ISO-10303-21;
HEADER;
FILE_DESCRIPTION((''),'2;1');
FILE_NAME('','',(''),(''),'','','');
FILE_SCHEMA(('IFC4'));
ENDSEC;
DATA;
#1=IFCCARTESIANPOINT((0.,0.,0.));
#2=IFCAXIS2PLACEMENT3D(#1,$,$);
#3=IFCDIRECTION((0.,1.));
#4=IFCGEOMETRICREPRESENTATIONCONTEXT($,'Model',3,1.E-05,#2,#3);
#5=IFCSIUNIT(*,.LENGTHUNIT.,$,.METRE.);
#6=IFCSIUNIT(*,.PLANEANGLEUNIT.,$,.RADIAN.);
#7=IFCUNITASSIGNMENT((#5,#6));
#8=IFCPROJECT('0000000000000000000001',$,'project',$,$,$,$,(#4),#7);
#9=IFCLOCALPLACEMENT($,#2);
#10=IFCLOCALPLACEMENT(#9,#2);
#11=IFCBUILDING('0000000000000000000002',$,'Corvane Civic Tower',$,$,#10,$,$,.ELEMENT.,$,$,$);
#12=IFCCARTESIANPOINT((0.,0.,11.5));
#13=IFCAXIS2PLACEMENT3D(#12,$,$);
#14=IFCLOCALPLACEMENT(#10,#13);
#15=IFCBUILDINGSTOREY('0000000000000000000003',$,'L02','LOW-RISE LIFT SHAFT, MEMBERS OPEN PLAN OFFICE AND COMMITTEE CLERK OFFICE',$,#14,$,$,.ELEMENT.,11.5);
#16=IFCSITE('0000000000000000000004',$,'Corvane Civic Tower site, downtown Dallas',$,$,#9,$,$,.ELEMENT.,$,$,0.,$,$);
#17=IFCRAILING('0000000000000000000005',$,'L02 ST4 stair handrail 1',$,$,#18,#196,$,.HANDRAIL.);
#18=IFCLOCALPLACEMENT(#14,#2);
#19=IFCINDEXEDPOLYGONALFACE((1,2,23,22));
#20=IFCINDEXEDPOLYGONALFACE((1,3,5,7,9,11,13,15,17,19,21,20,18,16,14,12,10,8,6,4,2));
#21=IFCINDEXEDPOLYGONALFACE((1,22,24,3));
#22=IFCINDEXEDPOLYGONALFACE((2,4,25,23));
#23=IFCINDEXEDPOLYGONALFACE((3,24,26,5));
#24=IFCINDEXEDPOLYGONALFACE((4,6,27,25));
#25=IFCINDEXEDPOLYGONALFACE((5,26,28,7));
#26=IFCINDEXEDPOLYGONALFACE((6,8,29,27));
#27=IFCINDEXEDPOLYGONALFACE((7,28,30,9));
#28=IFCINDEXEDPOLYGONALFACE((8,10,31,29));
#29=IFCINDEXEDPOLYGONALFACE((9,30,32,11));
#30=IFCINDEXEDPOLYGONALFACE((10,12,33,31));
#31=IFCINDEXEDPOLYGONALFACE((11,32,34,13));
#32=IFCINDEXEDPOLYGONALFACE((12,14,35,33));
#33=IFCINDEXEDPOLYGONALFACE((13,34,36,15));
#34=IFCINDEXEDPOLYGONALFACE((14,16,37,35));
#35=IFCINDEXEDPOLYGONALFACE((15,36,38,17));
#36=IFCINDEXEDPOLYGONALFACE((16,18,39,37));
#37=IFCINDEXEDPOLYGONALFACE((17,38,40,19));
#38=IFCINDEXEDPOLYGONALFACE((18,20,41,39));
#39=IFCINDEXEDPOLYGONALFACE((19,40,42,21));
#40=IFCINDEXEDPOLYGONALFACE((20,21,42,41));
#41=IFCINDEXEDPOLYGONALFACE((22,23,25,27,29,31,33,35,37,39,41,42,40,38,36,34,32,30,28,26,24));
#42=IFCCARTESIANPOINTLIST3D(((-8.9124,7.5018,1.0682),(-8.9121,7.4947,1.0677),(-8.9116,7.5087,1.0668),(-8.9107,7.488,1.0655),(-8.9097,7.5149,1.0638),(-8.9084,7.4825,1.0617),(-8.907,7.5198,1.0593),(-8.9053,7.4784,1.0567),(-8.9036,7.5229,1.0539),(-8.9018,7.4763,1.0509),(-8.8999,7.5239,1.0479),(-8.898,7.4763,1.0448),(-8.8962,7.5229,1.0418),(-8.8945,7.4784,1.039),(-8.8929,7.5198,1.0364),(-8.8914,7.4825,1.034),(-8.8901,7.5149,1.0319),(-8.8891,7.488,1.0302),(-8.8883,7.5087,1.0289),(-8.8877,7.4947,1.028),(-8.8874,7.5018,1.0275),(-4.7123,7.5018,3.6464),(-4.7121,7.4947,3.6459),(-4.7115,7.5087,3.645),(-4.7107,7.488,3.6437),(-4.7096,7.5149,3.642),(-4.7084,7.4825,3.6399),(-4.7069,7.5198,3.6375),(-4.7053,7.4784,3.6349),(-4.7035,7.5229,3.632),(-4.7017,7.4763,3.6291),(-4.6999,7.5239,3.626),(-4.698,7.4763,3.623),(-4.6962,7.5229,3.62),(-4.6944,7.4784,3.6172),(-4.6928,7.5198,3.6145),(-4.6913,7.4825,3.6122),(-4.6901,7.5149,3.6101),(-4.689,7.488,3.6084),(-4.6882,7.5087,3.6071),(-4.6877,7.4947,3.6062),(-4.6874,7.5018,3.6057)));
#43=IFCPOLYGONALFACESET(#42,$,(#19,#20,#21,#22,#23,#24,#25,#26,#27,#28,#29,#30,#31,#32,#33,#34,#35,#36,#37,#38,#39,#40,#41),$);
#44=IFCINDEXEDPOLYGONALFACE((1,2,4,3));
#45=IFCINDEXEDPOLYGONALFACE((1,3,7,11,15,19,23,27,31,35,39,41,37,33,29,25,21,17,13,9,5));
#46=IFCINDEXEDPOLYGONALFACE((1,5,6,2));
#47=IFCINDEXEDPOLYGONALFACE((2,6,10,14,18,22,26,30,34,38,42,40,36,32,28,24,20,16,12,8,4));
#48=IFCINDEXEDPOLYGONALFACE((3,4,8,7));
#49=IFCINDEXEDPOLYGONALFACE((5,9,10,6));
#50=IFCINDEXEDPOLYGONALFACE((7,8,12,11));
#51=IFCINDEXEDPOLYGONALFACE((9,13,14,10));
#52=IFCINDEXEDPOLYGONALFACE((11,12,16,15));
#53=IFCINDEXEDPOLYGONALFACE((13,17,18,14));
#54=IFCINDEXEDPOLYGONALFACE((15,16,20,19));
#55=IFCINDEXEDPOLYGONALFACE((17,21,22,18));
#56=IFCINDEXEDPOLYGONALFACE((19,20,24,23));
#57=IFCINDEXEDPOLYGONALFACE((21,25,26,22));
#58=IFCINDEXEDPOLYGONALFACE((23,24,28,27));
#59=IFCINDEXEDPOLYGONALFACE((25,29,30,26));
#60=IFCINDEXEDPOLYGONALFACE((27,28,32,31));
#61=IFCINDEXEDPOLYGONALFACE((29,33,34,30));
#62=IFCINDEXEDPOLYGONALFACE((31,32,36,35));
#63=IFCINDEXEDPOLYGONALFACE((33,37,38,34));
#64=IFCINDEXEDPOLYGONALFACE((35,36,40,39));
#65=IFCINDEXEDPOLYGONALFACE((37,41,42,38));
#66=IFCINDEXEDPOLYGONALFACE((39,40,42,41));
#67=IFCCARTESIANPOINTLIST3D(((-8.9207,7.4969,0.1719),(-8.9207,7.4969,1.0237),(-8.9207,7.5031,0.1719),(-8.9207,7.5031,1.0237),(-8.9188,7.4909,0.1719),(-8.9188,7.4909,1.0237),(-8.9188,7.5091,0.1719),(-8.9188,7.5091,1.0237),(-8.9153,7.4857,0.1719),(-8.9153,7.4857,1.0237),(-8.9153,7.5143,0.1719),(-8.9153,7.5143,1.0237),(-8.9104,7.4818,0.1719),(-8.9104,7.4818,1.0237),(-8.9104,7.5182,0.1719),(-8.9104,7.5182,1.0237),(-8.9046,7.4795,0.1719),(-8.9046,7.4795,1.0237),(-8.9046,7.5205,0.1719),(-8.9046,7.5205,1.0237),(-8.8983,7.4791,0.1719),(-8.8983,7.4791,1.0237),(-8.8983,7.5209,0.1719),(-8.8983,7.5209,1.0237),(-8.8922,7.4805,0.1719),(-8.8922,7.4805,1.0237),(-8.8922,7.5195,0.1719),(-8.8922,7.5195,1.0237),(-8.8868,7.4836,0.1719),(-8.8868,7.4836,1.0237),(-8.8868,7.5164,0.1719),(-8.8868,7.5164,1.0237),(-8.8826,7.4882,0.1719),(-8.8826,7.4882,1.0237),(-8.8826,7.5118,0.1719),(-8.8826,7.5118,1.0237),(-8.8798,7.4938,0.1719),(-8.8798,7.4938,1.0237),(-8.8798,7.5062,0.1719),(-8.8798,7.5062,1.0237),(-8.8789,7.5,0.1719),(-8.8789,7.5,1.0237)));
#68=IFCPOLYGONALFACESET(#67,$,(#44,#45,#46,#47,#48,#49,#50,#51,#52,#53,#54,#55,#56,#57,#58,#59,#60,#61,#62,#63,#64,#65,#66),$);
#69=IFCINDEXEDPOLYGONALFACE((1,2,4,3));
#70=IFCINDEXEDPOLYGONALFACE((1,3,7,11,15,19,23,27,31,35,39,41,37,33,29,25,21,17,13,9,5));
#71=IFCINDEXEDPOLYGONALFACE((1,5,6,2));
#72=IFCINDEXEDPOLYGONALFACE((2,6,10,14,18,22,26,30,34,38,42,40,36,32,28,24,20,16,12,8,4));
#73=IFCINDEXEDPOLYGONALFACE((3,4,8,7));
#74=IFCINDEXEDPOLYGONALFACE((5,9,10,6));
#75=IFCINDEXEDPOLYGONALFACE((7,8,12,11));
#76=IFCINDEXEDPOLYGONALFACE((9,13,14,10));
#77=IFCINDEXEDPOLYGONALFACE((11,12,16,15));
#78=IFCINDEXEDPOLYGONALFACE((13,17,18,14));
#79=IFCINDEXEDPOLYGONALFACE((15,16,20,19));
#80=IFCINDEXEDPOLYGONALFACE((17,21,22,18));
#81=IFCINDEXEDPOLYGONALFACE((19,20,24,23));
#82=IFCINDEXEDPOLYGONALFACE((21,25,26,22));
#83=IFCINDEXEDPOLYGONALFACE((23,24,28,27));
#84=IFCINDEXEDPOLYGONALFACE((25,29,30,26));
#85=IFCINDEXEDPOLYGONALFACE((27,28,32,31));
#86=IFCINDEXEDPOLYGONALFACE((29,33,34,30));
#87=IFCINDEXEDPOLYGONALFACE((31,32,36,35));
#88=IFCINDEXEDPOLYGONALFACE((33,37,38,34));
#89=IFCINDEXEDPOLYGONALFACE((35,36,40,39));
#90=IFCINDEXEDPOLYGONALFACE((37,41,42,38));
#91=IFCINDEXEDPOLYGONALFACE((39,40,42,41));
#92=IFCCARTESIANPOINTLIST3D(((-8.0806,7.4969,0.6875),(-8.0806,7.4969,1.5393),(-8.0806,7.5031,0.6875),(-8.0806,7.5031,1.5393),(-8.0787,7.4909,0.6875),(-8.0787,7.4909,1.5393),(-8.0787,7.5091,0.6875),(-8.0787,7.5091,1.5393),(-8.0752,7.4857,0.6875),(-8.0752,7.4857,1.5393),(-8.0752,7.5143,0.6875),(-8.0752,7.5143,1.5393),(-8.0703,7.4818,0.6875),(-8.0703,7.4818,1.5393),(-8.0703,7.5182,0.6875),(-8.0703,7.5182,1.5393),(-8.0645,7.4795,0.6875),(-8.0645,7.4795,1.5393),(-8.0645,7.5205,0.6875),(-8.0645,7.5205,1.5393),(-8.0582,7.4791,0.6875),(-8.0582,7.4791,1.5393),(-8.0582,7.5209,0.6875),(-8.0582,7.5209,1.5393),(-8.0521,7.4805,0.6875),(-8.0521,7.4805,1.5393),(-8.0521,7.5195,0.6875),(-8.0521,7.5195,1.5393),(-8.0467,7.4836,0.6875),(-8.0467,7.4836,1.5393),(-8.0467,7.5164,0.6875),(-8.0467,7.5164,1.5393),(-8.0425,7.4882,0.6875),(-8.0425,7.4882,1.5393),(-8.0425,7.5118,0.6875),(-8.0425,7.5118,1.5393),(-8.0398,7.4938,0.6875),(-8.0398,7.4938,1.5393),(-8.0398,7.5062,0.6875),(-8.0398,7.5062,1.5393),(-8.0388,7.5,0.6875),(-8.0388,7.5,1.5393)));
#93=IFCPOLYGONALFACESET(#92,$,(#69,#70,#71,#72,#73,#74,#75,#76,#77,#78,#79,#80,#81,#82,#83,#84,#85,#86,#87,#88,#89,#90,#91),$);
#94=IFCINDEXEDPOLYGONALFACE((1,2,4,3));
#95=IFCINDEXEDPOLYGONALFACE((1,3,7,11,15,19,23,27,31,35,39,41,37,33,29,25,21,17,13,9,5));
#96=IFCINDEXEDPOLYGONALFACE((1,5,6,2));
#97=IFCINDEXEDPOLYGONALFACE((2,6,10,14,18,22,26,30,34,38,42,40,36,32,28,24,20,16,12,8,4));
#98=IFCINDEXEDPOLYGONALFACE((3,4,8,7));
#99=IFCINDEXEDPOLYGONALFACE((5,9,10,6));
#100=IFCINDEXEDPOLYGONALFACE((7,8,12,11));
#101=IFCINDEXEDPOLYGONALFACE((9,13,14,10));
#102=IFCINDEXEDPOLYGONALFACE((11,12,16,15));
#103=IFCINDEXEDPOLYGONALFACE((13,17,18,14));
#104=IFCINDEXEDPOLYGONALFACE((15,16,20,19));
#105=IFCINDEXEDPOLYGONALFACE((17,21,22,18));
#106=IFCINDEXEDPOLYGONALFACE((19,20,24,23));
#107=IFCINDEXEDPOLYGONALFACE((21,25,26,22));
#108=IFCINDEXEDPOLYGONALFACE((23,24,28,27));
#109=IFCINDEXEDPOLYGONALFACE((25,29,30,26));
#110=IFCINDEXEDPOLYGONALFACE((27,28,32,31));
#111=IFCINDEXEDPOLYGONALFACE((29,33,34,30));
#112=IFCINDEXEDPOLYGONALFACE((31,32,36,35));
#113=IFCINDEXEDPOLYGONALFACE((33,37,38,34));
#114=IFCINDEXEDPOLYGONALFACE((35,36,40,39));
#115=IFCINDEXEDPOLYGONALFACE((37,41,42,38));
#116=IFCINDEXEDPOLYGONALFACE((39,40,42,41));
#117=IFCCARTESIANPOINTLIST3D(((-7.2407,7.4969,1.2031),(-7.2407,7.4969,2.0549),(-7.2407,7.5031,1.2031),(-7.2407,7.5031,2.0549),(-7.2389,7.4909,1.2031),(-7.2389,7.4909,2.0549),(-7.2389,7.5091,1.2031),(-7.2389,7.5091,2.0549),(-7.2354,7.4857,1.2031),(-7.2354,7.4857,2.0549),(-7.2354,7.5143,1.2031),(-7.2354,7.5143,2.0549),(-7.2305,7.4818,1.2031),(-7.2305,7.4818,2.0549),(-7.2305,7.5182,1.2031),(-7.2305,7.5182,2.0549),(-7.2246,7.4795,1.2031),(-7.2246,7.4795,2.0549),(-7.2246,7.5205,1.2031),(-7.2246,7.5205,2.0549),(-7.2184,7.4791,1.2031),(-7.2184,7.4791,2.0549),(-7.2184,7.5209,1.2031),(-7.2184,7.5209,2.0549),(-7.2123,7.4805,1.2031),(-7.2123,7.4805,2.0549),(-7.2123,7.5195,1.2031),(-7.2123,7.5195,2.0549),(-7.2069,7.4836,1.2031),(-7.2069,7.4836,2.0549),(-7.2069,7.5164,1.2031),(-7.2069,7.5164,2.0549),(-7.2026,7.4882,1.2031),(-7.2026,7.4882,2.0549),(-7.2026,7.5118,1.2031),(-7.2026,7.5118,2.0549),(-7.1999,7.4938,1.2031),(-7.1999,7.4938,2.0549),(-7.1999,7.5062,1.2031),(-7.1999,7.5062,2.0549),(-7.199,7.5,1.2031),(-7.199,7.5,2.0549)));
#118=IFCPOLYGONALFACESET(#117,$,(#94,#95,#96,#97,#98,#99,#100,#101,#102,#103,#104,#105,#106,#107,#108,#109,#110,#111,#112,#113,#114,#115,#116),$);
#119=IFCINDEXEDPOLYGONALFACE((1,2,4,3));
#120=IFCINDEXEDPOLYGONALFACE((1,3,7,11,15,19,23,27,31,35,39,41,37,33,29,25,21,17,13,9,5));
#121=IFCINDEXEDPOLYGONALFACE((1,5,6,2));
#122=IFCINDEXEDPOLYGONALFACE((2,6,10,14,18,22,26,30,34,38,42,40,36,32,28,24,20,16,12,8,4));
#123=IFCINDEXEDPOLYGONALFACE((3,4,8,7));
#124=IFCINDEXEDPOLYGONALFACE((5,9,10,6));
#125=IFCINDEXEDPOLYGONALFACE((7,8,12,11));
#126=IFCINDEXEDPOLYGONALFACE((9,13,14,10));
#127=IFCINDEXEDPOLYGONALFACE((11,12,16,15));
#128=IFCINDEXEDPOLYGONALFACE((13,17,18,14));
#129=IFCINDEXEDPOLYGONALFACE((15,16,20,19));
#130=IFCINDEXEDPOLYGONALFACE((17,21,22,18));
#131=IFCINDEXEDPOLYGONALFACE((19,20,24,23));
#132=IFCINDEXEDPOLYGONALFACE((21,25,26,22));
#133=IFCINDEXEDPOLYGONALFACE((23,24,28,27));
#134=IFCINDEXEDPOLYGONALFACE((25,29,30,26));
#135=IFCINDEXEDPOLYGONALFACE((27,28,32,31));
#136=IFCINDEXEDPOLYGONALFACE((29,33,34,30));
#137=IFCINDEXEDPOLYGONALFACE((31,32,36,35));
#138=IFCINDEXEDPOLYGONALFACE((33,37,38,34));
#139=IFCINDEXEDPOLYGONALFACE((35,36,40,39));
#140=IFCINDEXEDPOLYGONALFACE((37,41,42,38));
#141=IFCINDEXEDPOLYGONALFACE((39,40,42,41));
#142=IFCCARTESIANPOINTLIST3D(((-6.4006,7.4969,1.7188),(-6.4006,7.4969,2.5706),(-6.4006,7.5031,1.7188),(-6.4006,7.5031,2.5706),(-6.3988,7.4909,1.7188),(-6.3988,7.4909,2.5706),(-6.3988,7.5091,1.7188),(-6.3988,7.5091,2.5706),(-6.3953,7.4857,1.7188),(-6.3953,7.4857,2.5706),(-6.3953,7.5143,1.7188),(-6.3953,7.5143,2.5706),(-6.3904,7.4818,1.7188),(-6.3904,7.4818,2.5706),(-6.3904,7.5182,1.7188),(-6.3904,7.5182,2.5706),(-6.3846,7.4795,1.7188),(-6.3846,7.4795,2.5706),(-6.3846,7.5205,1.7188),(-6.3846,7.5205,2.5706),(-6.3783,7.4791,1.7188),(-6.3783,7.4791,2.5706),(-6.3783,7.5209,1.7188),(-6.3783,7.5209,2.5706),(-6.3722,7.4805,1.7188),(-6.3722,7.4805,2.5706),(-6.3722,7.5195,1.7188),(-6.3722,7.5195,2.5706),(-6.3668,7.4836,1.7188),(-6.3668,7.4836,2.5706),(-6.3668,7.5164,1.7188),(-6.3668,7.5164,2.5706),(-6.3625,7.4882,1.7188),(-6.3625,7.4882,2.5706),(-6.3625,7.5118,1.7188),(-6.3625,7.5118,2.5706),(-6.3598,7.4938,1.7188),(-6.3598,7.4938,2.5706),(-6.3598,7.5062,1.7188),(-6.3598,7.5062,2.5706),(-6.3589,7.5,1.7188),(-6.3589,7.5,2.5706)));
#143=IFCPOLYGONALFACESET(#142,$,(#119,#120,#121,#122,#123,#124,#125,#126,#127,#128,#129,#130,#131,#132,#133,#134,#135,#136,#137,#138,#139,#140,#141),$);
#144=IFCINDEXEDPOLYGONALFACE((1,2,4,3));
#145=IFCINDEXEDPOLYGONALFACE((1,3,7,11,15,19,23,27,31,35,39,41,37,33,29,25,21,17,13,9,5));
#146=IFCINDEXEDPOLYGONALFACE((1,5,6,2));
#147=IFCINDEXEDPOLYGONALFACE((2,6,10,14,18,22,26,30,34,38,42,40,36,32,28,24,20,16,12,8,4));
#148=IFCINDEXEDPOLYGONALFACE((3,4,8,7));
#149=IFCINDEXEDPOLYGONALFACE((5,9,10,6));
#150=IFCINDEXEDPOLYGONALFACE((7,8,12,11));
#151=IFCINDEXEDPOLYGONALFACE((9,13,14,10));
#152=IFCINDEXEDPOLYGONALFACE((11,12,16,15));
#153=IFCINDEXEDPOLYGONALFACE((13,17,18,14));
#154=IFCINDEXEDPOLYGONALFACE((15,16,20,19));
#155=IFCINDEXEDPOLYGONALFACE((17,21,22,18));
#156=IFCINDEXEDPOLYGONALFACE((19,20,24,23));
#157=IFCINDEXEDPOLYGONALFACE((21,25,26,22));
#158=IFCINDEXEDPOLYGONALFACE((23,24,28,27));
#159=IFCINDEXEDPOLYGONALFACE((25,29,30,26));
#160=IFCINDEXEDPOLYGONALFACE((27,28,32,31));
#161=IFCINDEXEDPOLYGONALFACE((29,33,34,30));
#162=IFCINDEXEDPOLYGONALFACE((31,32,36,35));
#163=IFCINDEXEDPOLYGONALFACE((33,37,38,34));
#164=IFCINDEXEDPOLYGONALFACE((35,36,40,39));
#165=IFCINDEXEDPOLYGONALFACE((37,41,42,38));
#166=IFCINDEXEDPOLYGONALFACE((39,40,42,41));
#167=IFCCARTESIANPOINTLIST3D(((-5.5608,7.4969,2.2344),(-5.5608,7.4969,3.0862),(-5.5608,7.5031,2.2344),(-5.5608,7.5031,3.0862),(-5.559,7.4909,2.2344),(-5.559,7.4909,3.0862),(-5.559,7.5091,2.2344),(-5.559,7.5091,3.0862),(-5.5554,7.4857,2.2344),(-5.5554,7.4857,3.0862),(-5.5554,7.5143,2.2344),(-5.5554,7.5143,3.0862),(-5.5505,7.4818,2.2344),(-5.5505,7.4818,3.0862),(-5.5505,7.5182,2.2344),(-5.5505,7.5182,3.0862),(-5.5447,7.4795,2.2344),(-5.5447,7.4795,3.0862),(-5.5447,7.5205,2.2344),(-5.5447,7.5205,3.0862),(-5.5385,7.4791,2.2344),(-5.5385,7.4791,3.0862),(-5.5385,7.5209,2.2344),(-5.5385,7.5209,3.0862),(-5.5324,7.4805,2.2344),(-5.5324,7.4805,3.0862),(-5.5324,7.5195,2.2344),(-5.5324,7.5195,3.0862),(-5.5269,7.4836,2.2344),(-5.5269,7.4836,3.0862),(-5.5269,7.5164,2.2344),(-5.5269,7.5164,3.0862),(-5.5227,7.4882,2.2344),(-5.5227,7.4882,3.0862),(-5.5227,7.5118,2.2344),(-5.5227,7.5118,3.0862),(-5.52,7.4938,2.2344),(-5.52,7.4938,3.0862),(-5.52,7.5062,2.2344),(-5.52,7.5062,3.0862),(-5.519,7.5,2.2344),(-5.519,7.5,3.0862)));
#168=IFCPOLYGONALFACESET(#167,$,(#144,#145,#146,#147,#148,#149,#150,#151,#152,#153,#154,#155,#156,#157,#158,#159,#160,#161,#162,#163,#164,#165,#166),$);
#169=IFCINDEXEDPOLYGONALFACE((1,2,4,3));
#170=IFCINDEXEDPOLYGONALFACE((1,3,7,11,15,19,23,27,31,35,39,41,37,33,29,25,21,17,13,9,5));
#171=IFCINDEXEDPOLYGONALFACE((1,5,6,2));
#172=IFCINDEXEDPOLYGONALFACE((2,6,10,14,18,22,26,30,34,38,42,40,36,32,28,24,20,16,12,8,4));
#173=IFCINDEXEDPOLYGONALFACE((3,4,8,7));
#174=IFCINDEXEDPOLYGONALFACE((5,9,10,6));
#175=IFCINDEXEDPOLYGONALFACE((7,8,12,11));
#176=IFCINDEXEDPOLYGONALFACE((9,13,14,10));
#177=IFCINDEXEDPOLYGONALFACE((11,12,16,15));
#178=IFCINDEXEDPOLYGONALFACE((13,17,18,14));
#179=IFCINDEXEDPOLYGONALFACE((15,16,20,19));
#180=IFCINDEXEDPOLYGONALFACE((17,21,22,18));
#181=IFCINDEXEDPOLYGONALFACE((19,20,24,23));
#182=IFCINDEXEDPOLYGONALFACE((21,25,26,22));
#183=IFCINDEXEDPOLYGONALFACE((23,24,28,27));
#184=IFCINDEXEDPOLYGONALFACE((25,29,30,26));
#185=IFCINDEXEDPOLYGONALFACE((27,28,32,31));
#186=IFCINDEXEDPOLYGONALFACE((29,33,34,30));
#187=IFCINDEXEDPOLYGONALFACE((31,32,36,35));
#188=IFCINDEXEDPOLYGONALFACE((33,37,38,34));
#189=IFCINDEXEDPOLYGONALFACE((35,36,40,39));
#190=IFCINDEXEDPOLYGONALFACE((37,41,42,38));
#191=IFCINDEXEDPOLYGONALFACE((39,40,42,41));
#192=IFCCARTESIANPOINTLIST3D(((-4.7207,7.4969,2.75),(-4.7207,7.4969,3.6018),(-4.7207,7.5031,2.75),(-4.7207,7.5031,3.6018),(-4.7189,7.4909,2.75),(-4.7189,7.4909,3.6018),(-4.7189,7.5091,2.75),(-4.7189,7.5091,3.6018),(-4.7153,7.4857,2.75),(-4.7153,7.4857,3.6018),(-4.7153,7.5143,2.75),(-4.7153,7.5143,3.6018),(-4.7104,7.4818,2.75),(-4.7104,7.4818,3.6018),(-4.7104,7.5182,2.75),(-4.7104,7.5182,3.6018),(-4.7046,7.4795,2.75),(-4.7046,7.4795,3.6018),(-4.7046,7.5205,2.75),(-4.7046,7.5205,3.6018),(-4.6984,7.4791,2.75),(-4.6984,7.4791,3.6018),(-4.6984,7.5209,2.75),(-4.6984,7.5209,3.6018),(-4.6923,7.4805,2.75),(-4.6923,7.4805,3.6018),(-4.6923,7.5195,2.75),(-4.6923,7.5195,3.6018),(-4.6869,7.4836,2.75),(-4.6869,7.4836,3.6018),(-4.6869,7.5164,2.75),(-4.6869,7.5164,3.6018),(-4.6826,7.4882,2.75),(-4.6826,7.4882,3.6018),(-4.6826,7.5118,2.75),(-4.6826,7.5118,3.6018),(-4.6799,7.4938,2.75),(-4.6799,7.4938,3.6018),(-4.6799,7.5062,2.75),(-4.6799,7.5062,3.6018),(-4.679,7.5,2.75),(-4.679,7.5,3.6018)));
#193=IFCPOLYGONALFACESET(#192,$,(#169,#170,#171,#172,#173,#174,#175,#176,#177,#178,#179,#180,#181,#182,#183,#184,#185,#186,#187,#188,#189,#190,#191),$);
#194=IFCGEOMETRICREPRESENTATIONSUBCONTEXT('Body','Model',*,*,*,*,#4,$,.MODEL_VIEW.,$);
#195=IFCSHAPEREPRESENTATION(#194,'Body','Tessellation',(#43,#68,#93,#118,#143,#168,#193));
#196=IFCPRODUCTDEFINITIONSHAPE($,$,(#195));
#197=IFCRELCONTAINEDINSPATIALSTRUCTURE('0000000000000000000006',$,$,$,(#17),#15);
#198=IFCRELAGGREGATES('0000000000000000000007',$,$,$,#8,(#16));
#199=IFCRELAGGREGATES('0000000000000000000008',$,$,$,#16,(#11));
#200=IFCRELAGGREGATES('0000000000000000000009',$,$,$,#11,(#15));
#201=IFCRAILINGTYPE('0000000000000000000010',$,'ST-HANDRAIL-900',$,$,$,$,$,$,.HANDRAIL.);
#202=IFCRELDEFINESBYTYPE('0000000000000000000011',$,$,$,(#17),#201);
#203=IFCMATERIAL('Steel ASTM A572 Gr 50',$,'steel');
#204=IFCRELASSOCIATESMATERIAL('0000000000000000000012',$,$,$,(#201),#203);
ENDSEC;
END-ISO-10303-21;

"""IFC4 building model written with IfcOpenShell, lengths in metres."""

from ifc_helpers import new_model, si_unit, direction, frame, origin, origin_2d, place, context, subcontext, project, spatial, circle, extrude, material, type_object, element, save


model = new_model("IFC4")

# Units and contexts
model_context = context("Model", 3, precision=1e-05, world=origin(), true_north=direction((0.0, 1.0)))
body_context = subcontext(model_context, "Body", "Model", "MODEL_VIEW")
ifc_project = project(units=[si_unit("LENGTHUNIT", "METRE"), si_unit("PLANEANGLEUNIT", "RADIAN")], contexts=[model_context])

# Site, building, storey
site_placement = place(None, origin())
site = spatial("IfcSite", under=ifc_project, at=site_placement, Name="Corvane Civic Tower site, downtown Dallas", CompositionType="ELEMENT", RefElevation=0.0)
building_placement = place(site_placement, origin())
building = spatial("IfcBuilding", under=site, at=building_placement, Name="Corvane Civic Tower", CompositionType="ELEMENT")
storey_placement = place(building_placement, frame((0.0, 0.0, 11.5)))
storey = spatial("IfcBuildingStorey", under=building, at=storey_placement, Name="L02", Description="LOW-RISE LIFT SHAFT, MEMBERS OPEN PLAN OFFICE AND COMMITTEE CLERK OFFICE", CompositionType="ELEMENT", Elevation=11.5)

# Railing
ifc_material_1 = material(Name="Steel ASTM A572 Gr 50", Category="steel")
railing_type_1 = type_object("IfcRailingType", Name="ST-HANDRAIL-900", PredefinedType="HANDRAIL", material=ifc_material_1)
railing_1_placement = place(storey_placement, frame((-8.8999, 7.5, 0.1719)))
element("IfcRailing", 1, at=railing_1_placement, inside=storey, type_object=railing_type_1, Name="L02 ST4 stair handrail 1", PredefinedType="HANDRAIL", context=body_context, shape_type="SweptSolid", body=[
    extrude(circle(Radius=0.0239, at=origin_2d()), frame((0.0, 0.0, 0.876), z_axis=(0.852243, 0.0, 0.523146), x_axis=(0.0, 1.0, 0.0)), (0.0, 0.0, 1.0), 4.9282),
    extrude(circle(Radius=0.021, at=origin_2d()), origin(), (0.0, 0.0, 1.0), 0.8518),
    extrude(circle(Radius=0.021, at=origin_2d()), frame((0.8401, 0.0, 0.5156)), (0.0, 0.0, 1.0), 0.8518),
    extrude(circle(Radius=0.021, at=origin_2d()), frame((1.6799, 0.0, 1.0312)), (0.0, 0.0, 1.0), 0.8518),
    extrude(circle(Radius=0.021, at=origin_2d()), frame((2.52, 0.0, 1.5469)), (0.0, 0.0, 1.0), 0.8518),
    extrude(circle(Radius=0.021, at=origin_2d()), frame((3.3599, 0.0, 2.0625)), (0.0, 0.0, 1.0), 0.8518),
    extrude(circle(Radius=0.021, at=origin_2d()), frame((4.2, 0.0, 2.5781)), (0.0, 0.0, 1.0), 0.8518),
])

save(model, "model.ifc")
